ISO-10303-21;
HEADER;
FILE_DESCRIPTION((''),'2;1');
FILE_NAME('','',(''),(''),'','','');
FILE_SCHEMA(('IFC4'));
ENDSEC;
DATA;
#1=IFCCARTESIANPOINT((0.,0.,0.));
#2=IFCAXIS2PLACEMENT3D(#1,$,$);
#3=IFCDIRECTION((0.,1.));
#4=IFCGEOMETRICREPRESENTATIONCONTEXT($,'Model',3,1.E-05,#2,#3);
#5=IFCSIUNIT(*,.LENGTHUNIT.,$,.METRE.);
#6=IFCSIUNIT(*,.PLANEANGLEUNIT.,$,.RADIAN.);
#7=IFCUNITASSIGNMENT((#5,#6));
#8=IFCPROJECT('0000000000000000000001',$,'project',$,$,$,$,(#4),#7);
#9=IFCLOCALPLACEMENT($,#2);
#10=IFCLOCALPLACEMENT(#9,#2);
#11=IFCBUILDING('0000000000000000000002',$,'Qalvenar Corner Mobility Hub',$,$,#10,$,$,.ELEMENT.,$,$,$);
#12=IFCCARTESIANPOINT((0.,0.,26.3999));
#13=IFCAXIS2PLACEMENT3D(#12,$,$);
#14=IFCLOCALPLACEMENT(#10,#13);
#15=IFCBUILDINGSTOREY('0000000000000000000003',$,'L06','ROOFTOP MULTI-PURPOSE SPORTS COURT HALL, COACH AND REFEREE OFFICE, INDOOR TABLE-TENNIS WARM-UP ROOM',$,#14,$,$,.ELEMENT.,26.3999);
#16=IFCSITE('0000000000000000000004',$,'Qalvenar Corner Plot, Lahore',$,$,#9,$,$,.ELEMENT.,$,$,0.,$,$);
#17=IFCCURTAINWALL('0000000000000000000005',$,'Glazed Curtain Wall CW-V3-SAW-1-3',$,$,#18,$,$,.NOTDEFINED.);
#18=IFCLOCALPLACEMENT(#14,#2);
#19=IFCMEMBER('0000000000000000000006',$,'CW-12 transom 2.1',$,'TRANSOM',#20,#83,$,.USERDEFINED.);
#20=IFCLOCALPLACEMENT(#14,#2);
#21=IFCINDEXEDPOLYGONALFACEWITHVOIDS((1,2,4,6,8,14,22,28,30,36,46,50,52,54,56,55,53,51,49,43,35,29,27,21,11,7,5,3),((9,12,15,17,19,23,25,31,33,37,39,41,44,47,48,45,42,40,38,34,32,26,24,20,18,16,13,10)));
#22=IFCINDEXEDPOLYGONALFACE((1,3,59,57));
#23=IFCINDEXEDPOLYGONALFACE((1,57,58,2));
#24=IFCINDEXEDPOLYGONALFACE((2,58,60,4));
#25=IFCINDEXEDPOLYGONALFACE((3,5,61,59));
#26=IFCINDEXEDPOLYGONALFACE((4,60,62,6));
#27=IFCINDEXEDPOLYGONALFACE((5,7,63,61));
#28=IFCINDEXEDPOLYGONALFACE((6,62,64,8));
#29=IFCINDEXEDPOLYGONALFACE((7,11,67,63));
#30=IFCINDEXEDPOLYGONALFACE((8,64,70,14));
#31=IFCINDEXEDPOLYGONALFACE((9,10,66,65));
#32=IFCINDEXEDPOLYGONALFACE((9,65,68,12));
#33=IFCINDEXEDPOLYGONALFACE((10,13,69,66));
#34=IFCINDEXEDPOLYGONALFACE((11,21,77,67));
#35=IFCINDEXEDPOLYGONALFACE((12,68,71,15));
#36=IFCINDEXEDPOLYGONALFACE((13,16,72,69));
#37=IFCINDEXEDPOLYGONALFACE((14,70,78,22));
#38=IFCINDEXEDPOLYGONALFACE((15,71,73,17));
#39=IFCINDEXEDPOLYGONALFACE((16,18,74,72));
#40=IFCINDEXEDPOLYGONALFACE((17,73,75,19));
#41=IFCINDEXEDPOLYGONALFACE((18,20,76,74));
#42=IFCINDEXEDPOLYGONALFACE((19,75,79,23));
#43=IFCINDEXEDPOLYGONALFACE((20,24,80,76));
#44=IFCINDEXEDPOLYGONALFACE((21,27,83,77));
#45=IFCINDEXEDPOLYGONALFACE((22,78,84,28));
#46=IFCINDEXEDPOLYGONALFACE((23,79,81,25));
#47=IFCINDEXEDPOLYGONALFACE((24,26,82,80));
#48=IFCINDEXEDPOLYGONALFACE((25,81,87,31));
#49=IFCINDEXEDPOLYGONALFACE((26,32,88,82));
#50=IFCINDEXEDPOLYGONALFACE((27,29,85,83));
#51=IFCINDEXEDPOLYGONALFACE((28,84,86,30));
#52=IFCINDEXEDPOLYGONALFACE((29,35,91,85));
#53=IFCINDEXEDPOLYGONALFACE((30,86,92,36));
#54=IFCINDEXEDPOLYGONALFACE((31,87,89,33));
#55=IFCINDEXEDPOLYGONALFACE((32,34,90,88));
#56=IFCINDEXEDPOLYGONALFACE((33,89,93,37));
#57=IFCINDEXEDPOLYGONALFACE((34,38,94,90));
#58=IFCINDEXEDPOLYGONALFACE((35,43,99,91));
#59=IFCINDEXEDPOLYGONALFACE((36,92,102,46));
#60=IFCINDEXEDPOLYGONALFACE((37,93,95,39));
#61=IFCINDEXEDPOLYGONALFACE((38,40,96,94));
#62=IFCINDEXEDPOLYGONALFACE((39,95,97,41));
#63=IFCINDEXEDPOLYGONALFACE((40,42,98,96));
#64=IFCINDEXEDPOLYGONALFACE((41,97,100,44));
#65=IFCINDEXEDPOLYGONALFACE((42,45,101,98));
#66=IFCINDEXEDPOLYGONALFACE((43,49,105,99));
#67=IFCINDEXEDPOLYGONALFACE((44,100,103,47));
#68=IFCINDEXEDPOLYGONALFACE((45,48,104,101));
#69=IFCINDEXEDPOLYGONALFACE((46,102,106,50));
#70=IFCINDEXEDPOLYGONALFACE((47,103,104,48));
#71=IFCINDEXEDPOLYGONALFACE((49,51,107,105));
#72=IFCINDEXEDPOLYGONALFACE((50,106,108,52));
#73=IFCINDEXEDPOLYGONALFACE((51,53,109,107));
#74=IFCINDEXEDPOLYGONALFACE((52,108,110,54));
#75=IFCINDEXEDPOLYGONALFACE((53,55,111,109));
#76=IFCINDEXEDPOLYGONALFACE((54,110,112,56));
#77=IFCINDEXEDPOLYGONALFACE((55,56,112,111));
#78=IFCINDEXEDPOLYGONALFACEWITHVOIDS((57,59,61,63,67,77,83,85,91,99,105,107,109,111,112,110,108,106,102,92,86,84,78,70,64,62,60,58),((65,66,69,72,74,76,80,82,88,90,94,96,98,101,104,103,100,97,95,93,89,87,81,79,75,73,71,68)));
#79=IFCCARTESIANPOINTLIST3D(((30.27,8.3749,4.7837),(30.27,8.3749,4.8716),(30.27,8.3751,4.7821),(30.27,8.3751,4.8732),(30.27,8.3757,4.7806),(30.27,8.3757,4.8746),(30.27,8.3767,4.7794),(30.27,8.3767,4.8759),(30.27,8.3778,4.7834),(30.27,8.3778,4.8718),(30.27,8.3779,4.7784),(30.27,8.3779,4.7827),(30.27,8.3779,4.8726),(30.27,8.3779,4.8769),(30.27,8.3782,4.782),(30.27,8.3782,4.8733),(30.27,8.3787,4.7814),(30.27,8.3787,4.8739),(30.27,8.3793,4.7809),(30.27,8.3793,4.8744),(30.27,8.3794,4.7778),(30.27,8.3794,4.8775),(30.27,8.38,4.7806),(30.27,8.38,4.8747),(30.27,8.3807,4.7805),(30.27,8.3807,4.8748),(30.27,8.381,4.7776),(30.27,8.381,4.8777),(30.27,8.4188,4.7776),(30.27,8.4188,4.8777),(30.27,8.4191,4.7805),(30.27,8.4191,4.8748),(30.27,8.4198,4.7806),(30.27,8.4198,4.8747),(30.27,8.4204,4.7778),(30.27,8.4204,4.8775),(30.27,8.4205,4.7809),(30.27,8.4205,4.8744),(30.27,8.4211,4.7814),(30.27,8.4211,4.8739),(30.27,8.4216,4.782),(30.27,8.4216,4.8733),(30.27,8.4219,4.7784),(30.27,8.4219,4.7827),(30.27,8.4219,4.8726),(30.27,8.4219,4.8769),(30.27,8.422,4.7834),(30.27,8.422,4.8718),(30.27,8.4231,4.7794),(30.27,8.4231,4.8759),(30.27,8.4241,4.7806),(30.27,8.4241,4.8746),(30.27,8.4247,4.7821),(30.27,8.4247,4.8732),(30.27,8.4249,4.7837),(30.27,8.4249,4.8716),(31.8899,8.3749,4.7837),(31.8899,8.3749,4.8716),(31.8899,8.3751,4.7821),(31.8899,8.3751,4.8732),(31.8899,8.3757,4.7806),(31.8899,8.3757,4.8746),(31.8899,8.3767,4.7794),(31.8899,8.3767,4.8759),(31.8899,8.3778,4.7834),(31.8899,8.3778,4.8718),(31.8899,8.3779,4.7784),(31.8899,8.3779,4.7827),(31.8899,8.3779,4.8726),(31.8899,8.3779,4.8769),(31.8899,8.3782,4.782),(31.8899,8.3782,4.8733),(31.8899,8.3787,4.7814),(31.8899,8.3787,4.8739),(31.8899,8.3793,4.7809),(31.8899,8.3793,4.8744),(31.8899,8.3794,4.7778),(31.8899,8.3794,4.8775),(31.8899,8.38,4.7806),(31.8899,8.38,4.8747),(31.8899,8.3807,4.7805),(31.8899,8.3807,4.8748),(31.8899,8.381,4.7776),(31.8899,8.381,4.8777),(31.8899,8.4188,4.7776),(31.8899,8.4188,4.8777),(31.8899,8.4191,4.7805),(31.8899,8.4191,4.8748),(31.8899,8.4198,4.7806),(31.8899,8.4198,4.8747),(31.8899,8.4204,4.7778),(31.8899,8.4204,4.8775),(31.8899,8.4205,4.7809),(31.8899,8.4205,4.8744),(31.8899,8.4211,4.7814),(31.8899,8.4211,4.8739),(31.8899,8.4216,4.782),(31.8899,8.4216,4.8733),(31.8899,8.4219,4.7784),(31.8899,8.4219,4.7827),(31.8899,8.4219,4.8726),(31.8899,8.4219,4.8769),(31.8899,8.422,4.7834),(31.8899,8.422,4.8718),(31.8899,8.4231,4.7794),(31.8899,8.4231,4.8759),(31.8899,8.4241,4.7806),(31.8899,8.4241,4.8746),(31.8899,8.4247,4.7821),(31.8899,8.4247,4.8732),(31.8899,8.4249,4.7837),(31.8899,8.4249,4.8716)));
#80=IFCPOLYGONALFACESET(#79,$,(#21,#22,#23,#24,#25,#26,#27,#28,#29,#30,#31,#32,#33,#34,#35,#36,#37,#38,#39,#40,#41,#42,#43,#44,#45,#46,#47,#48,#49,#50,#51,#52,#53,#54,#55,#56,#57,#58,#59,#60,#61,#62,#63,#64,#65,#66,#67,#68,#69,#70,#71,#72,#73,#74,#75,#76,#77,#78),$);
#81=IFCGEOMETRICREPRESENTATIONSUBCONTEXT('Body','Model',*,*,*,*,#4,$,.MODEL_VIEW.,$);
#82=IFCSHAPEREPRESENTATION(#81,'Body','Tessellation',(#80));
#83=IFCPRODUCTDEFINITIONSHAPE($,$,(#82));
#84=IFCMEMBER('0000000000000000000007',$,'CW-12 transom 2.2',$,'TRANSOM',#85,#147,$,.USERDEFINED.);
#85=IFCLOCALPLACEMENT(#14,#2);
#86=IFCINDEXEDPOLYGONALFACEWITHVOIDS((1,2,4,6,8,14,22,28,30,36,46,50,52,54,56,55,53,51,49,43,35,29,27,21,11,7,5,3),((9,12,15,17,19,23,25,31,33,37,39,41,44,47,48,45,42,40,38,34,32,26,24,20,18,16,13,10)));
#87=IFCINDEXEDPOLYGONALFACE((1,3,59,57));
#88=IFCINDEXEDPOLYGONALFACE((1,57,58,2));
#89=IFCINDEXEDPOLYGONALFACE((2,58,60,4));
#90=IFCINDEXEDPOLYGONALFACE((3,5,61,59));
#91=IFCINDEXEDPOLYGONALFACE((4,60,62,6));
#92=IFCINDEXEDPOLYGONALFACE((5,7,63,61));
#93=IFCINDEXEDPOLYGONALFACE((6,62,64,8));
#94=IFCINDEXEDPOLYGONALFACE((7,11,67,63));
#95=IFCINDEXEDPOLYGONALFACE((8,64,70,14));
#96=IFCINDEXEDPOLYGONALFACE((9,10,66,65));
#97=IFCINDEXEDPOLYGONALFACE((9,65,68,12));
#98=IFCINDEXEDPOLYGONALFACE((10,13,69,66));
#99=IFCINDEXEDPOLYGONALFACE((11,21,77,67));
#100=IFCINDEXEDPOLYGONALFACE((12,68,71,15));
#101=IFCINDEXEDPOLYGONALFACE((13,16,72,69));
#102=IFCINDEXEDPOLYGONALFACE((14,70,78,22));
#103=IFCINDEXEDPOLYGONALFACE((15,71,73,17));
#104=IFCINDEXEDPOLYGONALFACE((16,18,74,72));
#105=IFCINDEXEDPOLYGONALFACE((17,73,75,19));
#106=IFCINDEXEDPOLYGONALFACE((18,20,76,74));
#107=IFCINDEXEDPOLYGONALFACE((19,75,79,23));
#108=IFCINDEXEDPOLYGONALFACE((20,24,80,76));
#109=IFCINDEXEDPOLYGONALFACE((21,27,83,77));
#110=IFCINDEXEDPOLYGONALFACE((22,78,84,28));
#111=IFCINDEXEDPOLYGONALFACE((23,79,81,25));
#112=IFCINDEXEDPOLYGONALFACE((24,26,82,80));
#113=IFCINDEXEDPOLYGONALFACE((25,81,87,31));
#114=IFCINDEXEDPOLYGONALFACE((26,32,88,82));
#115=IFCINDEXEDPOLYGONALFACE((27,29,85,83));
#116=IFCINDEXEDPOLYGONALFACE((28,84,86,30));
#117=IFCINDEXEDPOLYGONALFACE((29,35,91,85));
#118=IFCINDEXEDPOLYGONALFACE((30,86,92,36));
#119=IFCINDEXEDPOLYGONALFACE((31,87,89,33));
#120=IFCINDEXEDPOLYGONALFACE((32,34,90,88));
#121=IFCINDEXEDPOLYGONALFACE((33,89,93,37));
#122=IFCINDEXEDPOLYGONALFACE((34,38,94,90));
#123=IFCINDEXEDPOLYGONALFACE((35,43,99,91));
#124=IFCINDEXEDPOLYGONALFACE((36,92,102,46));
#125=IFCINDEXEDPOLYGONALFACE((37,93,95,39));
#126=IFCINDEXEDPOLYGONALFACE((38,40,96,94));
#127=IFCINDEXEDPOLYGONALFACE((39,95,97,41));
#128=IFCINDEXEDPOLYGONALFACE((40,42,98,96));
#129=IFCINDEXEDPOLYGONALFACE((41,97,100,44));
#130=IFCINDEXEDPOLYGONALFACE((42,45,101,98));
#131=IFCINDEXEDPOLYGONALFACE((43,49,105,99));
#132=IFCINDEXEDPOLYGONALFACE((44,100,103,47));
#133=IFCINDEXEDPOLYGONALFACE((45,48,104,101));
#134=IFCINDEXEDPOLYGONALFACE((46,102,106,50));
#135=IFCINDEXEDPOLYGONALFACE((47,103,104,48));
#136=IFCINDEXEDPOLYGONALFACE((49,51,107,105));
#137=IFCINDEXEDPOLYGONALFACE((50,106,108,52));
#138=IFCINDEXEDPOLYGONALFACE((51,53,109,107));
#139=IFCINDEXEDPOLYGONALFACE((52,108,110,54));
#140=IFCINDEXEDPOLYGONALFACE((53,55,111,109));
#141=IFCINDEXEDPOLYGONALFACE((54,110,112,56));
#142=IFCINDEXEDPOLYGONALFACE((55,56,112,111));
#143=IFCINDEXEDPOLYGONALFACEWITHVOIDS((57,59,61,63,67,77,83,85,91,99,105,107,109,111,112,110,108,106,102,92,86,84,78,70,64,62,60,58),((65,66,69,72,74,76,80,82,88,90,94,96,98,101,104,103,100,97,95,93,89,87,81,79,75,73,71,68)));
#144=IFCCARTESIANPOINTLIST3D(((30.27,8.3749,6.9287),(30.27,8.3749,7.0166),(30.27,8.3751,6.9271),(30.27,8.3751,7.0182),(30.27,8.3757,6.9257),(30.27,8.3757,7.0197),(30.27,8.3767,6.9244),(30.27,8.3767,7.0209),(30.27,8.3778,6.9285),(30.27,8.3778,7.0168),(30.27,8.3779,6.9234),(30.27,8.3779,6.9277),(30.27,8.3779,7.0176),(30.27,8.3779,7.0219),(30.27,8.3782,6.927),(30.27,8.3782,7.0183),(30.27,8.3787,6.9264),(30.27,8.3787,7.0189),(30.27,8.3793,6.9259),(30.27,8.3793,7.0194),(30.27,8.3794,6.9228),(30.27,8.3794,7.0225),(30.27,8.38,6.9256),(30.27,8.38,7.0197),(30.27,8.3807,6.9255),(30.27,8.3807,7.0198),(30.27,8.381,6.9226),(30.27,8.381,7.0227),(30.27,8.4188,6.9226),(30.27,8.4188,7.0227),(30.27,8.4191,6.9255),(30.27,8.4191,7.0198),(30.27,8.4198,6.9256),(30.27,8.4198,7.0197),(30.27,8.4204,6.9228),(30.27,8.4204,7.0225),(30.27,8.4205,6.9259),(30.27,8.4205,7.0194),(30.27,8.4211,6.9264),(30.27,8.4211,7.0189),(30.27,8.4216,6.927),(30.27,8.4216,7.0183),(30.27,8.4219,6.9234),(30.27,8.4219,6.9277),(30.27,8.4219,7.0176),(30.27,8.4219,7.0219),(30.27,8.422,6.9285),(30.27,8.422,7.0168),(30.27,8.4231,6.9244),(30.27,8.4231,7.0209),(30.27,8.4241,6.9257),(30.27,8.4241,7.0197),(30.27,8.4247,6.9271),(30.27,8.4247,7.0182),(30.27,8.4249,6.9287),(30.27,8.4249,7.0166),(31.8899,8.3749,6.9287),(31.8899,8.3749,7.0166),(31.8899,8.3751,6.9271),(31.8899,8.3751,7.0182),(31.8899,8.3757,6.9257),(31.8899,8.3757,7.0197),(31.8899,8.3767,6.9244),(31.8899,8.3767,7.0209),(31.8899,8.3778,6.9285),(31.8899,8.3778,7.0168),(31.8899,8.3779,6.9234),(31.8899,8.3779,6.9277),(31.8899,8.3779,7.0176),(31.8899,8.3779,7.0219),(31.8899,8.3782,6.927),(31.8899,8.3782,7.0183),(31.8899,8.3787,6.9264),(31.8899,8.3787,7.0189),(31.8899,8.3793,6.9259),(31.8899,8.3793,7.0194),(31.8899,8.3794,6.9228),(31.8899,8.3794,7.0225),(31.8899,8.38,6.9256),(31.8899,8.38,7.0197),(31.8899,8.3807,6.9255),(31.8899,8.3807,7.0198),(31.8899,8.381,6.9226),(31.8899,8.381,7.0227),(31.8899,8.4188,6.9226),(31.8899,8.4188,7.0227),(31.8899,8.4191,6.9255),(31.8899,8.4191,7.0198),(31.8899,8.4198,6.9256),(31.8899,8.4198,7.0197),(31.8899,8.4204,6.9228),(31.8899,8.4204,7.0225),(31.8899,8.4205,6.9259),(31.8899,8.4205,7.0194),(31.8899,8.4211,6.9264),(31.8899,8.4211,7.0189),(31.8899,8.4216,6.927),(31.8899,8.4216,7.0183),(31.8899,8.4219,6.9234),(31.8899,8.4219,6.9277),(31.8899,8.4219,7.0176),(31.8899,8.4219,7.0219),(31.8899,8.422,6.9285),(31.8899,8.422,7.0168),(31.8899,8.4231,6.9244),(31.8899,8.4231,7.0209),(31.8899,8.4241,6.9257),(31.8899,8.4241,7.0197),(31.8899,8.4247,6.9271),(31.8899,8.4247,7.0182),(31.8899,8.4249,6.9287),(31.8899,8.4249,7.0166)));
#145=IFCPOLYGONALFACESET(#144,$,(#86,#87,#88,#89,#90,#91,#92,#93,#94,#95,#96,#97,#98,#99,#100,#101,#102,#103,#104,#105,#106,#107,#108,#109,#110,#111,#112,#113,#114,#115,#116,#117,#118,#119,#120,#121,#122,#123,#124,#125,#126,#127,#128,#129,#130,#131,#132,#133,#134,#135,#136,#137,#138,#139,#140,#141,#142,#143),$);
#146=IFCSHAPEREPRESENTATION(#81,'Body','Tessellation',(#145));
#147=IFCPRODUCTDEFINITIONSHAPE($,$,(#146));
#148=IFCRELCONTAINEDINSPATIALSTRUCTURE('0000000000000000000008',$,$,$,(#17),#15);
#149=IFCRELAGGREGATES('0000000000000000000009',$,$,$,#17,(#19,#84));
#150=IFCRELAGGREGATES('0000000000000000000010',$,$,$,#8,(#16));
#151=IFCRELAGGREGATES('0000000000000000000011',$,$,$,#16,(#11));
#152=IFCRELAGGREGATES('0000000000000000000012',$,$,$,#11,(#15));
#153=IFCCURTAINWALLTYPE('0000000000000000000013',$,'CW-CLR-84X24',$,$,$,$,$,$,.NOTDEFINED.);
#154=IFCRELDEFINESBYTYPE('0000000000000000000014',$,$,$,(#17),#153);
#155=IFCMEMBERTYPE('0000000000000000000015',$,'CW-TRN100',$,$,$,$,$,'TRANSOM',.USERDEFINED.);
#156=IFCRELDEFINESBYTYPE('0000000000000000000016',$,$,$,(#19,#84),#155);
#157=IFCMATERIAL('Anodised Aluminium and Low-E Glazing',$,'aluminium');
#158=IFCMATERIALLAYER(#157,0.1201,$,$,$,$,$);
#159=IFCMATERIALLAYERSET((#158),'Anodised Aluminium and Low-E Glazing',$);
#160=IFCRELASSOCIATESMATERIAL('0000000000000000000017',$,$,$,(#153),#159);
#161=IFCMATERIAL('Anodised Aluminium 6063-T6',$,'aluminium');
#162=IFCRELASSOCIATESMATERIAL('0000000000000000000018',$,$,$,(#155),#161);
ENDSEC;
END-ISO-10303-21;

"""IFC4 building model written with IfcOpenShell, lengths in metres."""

from ifc_helpers import new_model, si_unit, direction, frame, origin, origin_2d, place, context, subcontext, project, spatial, hollow_rectangle, extrude, material, layer, layer_set, material_profile, profile_set, type_object, element, aggregate, save


model = new_model("IFC4")

# Units and contexts
model_context = context("Model", 3, precision=1e-05, world=origin(), true_north=direction((0.0, 1.0)))
body_context = subcontext(model_context, "Body", "Model", "MODEL_VIEW")
ifc_project = project(units=[si_unit("LENGTHUNIT", "METRE"), si_unit("PLANEANGLEUNIT", "RADIAN")], contexts=[model_context])

# Site, building, storey
site_placement = place(None, origin())
site = spatial("IfcSite", under=ifc_project, at=site_placement, Name="Qalvenar Corner Plot, Lahore", CompositionType="ELEMENT", RefElevation=0.0)
building_placement = place(site_placement, origin())
building = spatial("IfcBuilding", under=site, at=building_placement, Name="Qalvenar Corner Mobility Hub", CompositionType="ELEMENT")
storey_placement = place(building_placement, frame((0.0, 0.0, 26.3999)))
storey = spatial("IfcBuildingStorey", under=building, at=storey_placement, Name="L06", Description="ROOFTOP MULTI-PURPOSE SPORTS COURT HALL, COACH AND REFEREE OFFICE, INDOOR TABLE-TENNIS WARM-UP ROOM", CompositionType="ELEMENT", Elevation=26.3999)

# Curtain wall
ifc_material_1 = material(Name="Anodised Aluminium and Low-E Glazing", Category="aluminium")
ifc_layer_1 = layer(ifc_material_1, 0.1201)
ifc_layer_set_1 = layer_set([ifc_layer_1], Name="Anodised Aluminium and Low-E Glazing")
curtain_wall_type = type_object("IfcCurtainWallType", Name="CW-CLR-84X24", PredefinedType="NOTDEFINED", material=ifc_layer_set_1)
curtain_wall_1_placement = place(storey_placement, origin())
curtain_wall_1 = element("IfcCurtainWall", 1, at=curtain_wall_1_placement, inside=storey, type_object=curtain_wall_type, Name="Glazed Curtain Wall CW-V3-SAW-1-3", PredefinedType="NOTDEFINED")
ifc_material_2 = material(Name="Anodised Aluminium 6063-T6", Category="aluminium")

# Members
ifc_material_profile_1 = material_profile(ifc_material_2, hollow_rectangle(XDim=0.05, YDim=0.1001, WallThickness=0.0029, InnerFilletRadius=0.0029, OuterFilletRadius=0.0061, at=origin_2d()), Name="RHS100x50x3")
ifc_profile_set_1 = profile_set([ifc_material_profile_1], Name="Anodised Aluminium 6063-T6")
member_type_1 = type_object("IfcMemberType", Name="CW-TRN100", ElementType="TRANSOM", PredefinedType="USERDEFINED", material=ifc_profile_set_1)
member_1_placement = place(storey_placement, frame((31.8899, 8.3999, 4.8276), z_axis=(-1.0, 0.0, 0.0), x_axis=(0.0, -1.0, 0.0)))
member_1 = element("IfcMember", 2, at=member_1_placement, type_object=member_type_1, Name="CW-12 transom 2.1", ObjectType="TRANSOM", PredefinedType="USERDEFINED", context=body_context, shape_type="SweptSolid", body=[
    extrude(hollow_rectangle(XDim=0.05, YDim=0.1001, WallThickness=0.0029, InnerFilletRadius=0.0029, OuterFilletRadius=0.0061, at=origin_2d()), origin(), (0.0, 0.0, 1.0), 1.6199),
])
member_2_placement = place(storey_placement, frame((31.8899, 8.3999, 6.9727), z_axis=(-1.0, 0.0, 0.0), x_axis=(0.0, -1.0, 0.0)))
member_2 = element("IfcMember", 3, at=member_2_placement, type_object=member_type_1, Name="CW-12 transom 2.2", ObjectType="TRANSOM", PredefinedType="USERDEFINED", context=body_context, shape_type="SweptSolid", body=[
    extrude(hollow_rectangle(XDim=0.05, YDim=0.1001, WallThickness=0.0029, InnerFilletRadius=0.0029, OuterFilletRadius=0.0061, at=origin_2d()), origin(), (0.0, 0.0, 1.0), 1.6199),
])

aggregate(curtain_wall_1, [member_1, member_2])

save(model, "model.ifc")
